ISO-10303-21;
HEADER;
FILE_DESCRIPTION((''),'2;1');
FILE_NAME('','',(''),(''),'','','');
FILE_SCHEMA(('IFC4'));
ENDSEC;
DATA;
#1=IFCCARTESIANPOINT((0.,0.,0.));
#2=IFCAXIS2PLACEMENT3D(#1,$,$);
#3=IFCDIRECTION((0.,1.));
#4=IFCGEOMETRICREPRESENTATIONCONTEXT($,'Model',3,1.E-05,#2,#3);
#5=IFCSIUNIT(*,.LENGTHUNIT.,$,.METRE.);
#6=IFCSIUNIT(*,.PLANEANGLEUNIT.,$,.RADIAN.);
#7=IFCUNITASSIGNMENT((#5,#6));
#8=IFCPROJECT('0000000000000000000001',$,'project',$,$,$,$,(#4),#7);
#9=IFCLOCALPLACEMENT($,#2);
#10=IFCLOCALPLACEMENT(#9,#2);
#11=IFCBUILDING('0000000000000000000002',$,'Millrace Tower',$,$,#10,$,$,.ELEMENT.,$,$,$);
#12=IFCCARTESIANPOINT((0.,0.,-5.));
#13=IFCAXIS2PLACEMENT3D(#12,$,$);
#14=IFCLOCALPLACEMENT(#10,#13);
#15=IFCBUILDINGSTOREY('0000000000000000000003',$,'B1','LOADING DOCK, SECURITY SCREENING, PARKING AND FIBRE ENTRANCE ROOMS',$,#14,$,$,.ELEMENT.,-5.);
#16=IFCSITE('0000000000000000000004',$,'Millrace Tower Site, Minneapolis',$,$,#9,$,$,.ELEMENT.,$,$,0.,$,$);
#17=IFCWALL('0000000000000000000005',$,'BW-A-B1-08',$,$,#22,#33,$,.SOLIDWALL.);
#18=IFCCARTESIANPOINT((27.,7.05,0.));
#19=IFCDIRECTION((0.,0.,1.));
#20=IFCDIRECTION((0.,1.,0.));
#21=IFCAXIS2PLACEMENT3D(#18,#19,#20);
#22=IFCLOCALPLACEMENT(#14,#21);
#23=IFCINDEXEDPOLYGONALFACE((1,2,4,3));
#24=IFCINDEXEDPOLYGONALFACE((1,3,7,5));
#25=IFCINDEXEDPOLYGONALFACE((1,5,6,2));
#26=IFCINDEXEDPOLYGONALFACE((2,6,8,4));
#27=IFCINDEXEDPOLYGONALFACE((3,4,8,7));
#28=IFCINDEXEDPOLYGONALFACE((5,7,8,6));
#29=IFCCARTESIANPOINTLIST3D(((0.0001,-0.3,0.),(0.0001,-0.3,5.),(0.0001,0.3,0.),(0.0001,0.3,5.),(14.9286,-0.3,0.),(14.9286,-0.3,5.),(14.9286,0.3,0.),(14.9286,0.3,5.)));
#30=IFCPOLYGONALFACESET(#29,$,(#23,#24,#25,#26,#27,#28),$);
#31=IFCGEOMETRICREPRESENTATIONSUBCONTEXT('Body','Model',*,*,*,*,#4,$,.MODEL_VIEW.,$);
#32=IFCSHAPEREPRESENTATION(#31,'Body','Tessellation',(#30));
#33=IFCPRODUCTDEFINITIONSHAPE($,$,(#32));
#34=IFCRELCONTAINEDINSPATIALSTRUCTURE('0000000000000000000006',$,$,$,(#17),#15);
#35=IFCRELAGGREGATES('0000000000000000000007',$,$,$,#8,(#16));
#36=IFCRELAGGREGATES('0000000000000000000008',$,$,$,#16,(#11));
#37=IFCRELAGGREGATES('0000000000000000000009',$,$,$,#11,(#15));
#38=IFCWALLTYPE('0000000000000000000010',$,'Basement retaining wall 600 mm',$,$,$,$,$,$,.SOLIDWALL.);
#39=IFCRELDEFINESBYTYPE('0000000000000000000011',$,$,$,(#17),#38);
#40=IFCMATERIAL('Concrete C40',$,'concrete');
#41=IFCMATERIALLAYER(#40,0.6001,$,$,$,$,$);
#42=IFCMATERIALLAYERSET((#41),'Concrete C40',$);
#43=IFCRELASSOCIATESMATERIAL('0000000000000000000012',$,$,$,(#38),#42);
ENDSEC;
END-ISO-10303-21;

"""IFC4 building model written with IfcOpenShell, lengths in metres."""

from ifc_helpers import new_model, si_unit, direction, frame, frame_2d, origin, place, context, subcontext, project, spatial, rectangle, extrude, material, layer, layer_set, type_object, element, save


model = new_model("IFC4")

# Units and contexts
model_context = context("Model", 3, precision=1e-05, world=origin(), true_north=direction((0.0, 1.0)))
body_context = subcontext(model_context, "Body", "Model", "MODEL_VIEW")
ifc_project = project(units=[si_unit("LENGTHUNIT", "METRE"), si_unit("PLANEANGLEUNIT", "RADIAN")], contexts=[model_context])

# Site, building, storey
site_placement = place(None, origin())
site = spatial("IfcSite", under=ifc_project, at=site_placement, Name="Millrace Tower Site, Minneapolis", CompositionType="ELEMENT", RefElevation=0.0)
building_placement = place(site_placement, origin())
building = spatial("IfcBuilding", under=site, at=building_placement, Name="Millrace Tower", CompositionType="ELEMENT")
storey_placement = place(building_placement, frame((0.0, 0.0, -5.0)))
storey = spatial("IfcBuildingStorey", under=building, at=storey_placement, Name="B1", Description="LOADING DOCK, SECURITY SCREENING, PARKING AND FIBRE ENTRANCE ROOMS", CompositionType="ELEMENT", Elevation=-5.0)

# Shared definitions
placement = place(storey_placement, frame((27.0, 7.05, 0.0), z_axis=(0.0, 0.0, 1.0), x_axis=(0.0, 1.0, 0.0)))

# Wall
ifc_material_1 = material(Name="Concrete C40", Category="concrete")
ifc_layer_1 = layer(ifc_material_1, 0.6001)
ifc_layer_set_1 = layer_set([ifc_layer_1], Name="Concrete C40")
wall_type_1 = type_object("IfcWallType", Name="Basement retaining wall 600 mm", PredefinedType="SOLIDWALL", material=ifc_layer_set_1)
element("IfcWall", 1, at=placement, inside=storey, type_object=wall_type_1, Name="BW-A-B1-08", PredefinedType="SOLIDWALL", context=body_context, shape_type="SweptSolid", body=[
    extrude(rectangle(XDim=14.9285, YDim=0.6001, at=frame_2d((7.4644, 0.0))), origin(), (0.0, 0.0, 1.0), 5.0),
])

save(model, "model.ifc")
